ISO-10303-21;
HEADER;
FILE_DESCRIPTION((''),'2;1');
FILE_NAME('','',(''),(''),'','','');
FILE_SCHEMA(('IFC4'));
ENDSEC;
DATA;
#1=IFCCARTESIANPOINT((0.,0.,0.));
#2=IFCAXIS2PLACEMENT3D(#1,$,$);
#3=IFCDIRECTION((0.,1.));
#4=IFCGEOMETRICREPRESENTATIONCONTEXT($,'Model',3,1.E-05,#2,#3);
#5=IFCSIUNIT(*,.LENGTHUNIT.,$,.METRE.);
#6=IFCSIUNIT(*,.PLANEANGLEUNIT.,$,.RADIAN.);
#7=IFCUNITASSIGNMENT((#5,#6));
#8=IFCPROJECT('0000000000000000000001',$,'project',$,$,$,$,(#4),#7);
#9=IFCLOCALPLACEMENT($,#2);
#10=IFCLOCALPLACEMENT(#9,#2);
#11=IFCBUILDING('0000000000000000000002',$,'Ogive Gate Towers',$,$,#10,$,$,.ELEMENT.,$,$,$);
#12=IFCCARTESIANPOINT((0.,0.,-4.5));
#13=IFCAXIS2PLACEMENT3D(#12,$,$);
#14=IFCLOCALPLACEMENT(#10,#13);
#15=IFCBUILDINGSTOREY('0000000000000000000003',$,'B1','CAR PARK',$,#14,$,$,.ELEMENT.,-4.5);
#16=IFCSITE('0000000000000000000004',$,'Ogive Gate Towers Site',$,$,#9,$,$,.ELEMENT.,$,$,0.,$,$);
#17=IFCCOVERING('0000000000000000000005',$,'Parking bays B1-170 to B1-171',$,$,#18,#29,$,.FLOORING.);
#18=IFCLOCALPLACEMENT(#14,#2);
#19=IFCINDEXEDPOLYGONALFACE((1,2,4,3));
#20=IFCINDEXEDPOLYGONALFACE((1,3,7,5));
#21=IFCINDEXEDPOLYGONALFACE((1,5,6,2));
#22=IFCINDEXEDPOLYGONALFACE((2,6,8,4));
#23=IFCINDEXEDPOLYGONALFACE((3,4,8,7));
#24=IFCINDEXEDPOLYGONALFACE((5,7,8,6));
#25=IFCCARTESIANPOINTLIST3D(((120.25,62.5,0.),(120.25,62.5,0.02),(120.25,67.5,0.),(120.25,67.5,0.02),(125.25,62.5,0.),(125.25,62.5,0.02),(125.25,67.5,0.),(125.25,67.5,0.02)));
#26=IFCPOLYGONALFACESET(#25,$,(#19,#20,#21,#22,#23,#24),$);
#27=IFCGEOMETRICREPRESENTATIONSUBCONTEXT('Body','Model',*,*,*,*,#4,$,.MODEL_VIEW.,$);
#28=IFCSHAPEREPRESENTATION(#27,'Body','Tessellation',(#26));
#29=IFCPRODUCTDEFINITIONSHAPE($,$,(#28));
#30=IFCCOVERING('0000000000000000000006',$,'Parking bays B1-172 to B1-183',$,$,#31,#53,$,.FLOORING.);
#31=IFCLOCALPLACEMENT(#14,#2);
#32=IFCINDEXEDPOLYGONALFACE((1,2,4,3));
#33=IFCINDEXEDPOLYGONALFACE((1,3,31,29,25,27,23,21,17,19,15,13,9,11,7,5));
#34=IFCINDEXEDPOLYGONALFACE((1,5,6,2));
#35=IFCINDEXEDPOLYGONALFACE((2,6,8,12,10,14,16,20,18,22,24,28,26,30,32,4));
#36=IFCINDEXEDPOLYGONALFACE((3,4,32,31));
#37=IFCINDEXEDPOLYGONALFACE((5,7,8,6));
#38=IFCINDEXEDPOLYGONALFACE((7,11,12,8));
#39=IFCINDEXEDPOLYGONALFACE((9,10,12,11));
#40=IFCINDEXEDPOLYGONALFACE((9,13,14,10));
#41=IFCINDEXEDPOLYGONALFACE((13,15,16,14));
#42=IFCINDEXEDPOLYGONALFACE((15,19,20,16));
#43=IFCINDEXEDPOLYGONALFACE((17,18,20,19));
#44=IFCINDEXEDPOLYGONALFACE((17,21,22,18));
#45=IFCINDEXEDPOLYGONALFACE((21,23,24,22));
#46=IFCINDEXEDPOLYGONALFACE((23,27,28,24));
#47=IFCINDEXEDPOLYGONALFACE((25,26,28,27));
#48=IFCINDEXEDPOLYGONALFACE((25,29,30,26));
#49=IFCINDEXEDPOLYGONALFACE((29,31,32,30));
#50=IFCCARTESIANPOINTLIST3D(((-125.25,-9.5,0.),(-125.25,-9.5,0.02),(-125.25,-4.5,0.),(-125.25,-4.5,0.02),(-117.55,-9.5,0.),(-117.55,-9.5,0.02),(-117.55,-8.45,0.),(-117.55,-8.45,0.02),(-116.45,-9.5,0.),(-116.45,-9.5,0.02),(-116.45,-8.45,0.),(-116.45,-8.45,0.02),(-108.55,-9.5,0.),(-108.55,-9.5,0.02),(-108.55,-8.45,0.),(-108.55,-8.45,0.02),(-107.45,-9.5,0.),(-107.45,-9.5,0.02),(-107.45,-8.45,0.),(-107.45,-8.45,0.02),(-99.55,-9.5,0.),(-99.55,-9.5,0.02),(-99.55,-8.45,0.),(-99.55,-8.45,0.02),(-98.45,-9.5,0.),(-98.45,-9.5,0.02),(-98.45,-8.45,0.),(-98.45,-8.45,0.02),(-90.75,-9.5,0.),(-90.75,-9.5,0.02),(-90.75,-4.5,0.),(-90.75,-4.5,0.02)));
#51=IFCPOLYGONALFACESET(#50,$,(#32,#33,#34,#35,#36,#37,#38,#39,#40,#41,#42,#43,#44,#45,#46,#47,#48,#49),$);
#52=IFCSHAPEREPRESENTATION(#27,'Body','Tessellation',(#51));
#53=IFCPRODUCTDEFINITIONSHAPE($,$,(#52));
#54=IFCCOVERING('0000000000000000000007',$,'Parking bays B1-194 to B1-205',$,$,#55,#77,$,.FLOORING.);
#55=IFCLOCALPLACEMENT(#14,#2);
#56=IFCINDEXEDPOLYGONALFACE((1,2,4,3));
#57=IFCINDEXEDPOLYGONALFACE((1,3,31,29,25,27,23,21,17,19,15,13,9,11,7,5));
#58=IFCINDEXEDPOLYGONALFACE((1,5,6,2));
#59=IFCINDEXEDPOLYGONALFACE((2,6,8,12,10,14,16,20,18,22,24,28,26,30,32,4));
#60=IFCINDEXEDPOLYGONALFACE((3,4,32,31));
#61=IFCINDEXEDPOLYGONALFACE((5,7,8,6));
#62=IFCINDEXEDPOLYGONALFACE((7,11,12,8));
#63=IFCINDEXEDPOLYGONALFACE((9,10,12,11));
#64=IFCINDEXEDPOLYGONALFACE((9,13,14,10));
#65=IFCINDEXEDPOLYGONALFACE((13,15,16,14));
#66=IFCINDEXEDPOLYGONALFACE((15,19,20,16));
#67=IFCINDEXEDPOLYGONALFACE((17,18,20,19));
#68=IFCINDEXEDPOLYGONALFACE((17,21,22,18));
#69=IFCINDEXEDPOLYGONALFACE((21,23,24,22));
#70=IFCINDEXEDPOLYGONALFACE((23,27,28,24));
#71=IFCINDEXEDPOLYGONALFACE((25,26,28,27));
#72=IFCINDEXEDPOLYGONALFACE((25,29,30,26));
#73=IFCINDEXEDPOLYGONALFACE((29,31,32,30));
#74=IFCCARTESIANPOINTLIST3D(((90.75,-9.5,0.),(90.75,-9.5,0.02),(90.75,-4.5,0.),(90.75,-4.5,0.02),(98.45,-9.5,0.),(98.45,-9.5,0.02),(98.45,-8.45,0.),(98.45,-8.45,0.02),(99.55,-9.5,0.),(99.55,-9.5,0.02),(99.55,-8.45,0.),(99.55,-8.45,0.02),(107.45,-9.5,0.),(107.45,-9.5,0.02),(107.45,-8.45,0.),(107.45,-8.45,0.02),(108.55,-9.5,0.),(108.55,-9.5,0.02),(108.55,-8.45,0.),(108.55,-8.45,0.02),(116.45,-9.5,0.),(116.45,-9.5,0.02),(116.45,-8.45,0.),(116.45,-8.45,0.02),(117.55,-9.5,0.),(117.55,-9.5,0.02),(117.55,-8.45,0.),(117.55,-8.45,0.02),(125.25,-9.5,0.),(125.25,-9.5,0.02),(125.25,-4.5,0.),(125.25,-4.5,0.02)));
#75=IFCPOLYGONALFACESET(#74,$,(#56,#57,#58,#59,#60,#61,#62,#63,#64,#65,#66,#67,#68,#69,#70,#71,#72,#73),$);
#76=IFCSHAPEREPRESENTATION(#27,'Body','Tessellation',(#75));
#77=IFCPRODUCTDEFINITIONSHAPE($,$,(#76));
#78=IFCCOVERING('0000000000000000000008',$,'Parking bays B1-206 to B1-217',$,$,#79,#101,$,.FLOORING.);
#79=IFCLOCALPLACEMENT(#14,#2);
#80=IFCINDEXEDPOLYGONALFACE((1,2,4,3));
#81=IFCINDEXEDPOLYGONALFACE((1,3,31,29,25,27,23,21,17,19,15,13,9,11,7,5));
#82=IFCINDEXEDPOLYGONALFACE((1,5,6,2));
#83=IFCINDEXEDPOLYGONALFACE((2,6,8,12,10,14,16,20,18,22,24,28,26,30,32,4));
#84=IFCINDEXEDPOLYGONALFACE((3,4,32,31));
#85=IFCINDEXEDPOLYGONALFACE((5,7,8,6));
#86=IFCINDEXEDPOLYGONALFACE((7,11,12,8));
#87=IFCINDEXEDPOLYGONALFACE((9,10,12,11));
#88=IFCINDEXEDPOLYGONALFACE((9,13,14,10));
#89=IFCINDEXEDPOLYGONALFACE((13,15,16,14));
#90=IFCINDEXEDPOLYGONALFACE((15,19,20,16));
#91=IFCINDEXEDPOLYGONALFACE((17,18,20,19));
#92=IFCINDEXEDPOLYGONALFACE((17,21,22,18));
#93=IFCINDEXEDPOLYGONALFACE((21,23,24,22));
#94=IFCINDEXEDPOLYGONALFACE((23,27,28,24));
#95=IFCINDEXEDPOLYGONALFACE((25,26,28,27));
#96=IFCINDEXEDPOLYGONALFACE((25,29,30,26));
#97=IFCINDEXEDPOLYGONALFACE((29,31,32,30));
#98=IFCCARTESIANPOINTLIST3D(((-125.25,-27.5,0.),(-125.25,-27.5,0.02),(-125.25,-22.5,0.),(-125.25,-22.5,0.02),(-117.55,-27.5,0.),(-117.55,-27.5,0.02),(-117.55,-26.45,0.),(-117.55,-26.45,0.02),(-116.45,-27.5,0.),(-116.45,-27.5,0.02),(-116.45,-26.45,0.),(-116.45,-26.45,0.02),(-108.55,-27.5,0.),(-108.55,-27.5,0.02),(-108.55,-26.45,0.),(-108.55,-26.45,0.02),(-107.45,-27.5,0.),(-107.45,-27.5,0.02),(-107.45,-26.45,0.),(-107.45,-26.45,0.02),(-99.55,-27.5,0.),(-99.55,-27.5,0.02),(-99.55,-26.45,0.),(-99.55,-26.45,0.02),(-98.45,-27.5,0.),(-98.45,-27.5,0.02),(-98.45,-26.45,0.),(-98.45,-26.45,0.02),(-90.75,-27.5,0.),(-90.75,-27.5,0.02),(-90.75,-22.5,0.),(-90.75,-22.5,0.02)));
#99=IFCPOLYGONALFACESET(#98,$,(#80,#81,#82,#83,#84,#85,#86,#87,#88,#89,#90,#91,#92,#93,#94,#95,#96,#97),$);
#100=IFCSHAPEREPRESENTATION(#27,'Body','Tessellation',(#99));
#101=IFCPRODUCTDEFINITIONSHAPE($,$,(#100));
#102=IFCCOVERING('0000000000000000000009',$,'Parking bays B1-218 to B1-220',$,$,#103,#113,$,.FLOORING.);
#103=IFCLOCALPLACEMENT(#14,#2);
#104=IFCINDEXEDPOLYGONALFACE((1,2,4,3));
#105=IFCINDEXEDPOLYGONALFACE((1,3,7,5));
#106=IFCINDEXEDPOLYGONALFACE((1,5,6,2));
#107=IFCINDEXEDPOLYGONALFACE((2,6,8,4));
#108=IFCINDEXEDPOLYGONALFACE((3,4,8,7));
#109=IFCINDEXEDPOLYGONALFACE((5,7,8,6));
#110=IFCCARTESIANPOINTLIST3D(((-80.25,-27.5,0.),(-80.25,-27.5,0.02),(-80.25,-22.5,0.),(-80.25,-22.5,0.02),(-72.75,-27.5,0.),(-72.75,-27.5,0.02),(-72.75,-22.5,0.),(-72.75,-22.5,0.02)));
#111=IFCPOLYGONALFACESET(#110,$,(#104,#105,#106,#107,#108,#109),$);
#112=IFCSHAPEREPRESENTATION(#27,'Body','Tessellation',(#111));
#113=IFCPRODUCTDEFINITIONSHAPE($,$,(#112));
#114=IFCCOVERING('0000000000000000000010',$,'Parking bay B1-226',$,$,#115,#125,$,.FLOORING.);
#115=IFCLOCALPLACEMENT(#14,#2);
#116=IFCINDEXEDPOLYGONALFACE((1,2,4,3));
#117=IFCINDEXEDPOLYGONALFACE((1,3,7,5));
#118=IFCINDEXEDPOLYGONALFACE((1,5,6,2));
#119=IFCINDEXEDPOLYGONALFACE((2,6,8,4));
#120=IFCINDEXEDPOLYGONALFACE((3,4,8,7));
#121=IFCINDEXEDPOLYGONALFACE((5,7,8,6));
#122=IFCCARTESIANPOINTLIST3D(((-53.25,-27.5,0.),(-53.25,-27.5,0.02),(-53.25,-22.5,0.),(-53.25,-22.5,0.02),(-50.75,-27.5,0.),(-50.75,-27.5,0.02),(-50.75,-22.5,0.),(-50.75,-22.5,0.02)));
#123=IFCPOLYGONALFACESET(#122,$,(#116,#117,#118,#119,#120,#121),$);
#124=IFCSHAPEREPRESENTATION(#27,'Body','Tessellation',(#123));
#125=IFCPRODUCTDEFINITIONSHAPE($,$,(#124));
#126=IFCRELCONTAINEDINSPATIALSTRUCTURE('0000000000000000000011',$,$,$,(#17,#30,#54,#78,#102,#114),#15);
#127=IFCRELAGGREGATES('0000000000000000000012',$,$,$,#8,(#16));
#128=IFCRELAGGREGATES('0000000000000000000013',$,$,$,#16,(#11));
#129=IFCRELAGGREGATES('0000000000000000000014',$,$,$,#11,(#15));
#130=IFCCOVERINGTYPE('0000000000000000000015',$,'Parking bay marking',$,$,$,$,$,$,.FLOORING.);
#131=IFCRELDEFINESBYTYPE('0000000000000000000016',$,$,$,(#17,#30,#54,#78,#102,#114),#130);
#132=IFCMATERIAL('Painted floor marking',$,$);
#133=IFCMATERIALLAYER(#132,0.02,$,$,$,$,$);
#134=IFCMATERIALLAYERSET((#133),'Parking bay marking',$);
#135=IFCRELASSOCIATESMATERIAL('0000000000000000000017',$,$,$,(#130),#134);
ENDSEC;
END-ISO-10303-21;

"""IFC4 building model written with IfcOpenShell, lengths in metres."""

from ifc_helpers import new_model, si_unit, direction, frame, origin, place, context, subcontext, project, spatial, polyline, outline, extrude, material, layer, layer_set, type_object, element, save


model = new_model("IFC4")

# Units and contexts
model_context = context("Model", 3, precision=1e-05, world=origin(), true_north=direction((0.0, 1.0)))
body_context = subcontext(model_context, "Body", "Model", "MODEL_VIEW")
ifc_project = project(units=[si_unit("LENGTHUNIT", "METRE"), si_unit("PLANEANGLEUNIT", "RADIAN")], contexts=[model_context])

# Site, building, storey
site_placement = place(None, origin())
site = spatial("IfcSite", under=ifc_project, at=site_placement, Name="Ogive Gate Towers Site", CompositionType="ELEMENT", RefElevation=0.0)
building_placement = place(site_placement, origin())
building = spatial("IfcBuilding", under=site, at=building_placement, Name="Ogive Gate Towers", CompositionType="ELEMENT")
storey_placement = place(building_placement, frame((0.0, 0.0, -4.5)))
storey = spatial("IfcBuildingStorey", under=building, at=storey_placement, Name="B1", Description="CAR PARK", CompositionType="ELEMENT", Elevation=-4.5)

# Coverings
ifc_material_1 = material(Name="Painted floor marking")
ifc_layer_1 = layer(ifc_material_1, 0.02)
ifc_layer_set_1 = layer_set([ifc_layer_1], Name="Parking bay marking")
covering_type_1 = type_object("IfcCoveringType", Name="Parking bay marking", PredefinedType="FLOORING", material=ifc_layer_set_1)
covering_1_placement = place(storey_placement, origin())
element("IfcCovering", 1, at=covering_1_placement, inside=storey, type_object=covering_type_1, Name="Parking bays B1-170 to B1-171", PredefinedType="FLOORING", context=body_context, shape_type="SweptSolid", body=[
    extrude(outline(polyline([(125.25, 67.5), (125.25, 62.5), (120.25, 62.5), (120.25, 67.5), (125.25, 67.5)])), origin(), (0.0, 0.0, 1.0), 0.02),
])
covering_2_placement = place(storey_placement, origin())
element("IfcCovering", 2, at=covering_2_placement, inside=storey, type_object=covering_type_1, Name="Parking bays B1-172 to B1-183", PredefinedType="FLOORING", context=body_context, shape_type="SweptSolid", body=[
    extrude(outline(polyline([(-125.25, -4.5), (-90.75, -4.5), (-90.75, -9.5), (-98.45, -9.5), (-98.45, -8.45), (-99.55, -8.45), (-99.55, -9.5), (-107.45, -9.5), (-107.45, -8.45), (-108.55, -8.45), (-108.55, -9.5), (-116.45, -9.5), (-116.45, -8.45), (-117.55, -8.45), (-117.55, -9.5), (-125.25, -9.5), (-125.25, -4.5)])), origin(), (0.0, 0.0, 1.0), 0.02),
])
covering_3_placement = place(storey_placement, origin())
element("IfcCovering", 3, at=covering_3_placement, inside=storey, type_object=covering_type_1, Name="Parking bays B1-194 to B1-205", PredefinedType="FLOORING", context=body_context, shape_type="SweptSolid", body=[
    extrude(outline(polyline([(90.75, -4.5), (125.25, -4.5), (125.25, -9.5), (117.55, -9.5), (117.55, -8.45), (116.45, -8.45), (116.45, -9.5), (108.55, -9.5), (108.55, -8.45), (107.45, -8.45), (107.45, -9.5), (99.55, -9.5), (99.55, -8.45), (98.45, -8.45), (98.45, -9.5), (90.75, -9.5), (90.75, -4.5)])), origin(), (0.0, 0.0, 1.0), 0.02),
])
covering_4_placement = place(storey_placement, origin())
element("IfcCovering", 4, at=covering_4_placement, inside=storey, type_object=covering_type_1, Name="Parking bays B1-206 to B1-217", PredefinedType="FLOORING", context=body_context, shape_type="SweptSolid", body=[
    extrude(outline(polyline([(-125.25, -22.5), (-90.75, -22.5), (-90.75, -27.5), (-98.45, -27.5), (-98.45, -26.45), (-99.55, -26.45), (-99.55, -27.5), (-107.45, -27.5), (-107.45, -26.45), (-108.55, -26.45), (-108.55, -27.5), (-116.45, -27.5), (-116.45, -26.45), (-117.55, -26.45), (-117.55, -27.5), (-125.25, -27.5), (-125.25, -22.5)])), origin(), (0.0, 0.0, 1.0), 0.02),
])
covering_5_placement = place(storey_placement, origin())
element("IfcCovering", 5, at=covering_5_placement, inside=storey, type_object=covering_type_1, Name="Parking bays B1-218 to B1-220", PredefinedType="FLOORING", context=body_context, shape_type="SweptSolid", body=[
    extrude(outline(polyline([(-72.75, -27.5), (-80.25, -27.5), (-80.25, -22.5), (-72.75, -22.5), (-72.75, -27.5)])), origin(), (0.0, 0.0, 1.0), 0.02),
])
covering_6_placement = place(storey_placement, origin())
element("IfcCovering", 6, at=covering_6_placement, inside=storey, type_object=covering_type_1, Name="Parking bay B1-226", PredefinedType="FLOORING", context=body_context, shape_type="SweptSolid", body=[
    extrude(outline(polyline([(-53.25, -22.5), (-50.75, -22.5), (-50.75, -27.5), (-53.25, -27.5), (-53.25, -22.5)])), origin(), (0.0, 0.0, 1.0), 0.02),
])

save(model, "model.ifc")
